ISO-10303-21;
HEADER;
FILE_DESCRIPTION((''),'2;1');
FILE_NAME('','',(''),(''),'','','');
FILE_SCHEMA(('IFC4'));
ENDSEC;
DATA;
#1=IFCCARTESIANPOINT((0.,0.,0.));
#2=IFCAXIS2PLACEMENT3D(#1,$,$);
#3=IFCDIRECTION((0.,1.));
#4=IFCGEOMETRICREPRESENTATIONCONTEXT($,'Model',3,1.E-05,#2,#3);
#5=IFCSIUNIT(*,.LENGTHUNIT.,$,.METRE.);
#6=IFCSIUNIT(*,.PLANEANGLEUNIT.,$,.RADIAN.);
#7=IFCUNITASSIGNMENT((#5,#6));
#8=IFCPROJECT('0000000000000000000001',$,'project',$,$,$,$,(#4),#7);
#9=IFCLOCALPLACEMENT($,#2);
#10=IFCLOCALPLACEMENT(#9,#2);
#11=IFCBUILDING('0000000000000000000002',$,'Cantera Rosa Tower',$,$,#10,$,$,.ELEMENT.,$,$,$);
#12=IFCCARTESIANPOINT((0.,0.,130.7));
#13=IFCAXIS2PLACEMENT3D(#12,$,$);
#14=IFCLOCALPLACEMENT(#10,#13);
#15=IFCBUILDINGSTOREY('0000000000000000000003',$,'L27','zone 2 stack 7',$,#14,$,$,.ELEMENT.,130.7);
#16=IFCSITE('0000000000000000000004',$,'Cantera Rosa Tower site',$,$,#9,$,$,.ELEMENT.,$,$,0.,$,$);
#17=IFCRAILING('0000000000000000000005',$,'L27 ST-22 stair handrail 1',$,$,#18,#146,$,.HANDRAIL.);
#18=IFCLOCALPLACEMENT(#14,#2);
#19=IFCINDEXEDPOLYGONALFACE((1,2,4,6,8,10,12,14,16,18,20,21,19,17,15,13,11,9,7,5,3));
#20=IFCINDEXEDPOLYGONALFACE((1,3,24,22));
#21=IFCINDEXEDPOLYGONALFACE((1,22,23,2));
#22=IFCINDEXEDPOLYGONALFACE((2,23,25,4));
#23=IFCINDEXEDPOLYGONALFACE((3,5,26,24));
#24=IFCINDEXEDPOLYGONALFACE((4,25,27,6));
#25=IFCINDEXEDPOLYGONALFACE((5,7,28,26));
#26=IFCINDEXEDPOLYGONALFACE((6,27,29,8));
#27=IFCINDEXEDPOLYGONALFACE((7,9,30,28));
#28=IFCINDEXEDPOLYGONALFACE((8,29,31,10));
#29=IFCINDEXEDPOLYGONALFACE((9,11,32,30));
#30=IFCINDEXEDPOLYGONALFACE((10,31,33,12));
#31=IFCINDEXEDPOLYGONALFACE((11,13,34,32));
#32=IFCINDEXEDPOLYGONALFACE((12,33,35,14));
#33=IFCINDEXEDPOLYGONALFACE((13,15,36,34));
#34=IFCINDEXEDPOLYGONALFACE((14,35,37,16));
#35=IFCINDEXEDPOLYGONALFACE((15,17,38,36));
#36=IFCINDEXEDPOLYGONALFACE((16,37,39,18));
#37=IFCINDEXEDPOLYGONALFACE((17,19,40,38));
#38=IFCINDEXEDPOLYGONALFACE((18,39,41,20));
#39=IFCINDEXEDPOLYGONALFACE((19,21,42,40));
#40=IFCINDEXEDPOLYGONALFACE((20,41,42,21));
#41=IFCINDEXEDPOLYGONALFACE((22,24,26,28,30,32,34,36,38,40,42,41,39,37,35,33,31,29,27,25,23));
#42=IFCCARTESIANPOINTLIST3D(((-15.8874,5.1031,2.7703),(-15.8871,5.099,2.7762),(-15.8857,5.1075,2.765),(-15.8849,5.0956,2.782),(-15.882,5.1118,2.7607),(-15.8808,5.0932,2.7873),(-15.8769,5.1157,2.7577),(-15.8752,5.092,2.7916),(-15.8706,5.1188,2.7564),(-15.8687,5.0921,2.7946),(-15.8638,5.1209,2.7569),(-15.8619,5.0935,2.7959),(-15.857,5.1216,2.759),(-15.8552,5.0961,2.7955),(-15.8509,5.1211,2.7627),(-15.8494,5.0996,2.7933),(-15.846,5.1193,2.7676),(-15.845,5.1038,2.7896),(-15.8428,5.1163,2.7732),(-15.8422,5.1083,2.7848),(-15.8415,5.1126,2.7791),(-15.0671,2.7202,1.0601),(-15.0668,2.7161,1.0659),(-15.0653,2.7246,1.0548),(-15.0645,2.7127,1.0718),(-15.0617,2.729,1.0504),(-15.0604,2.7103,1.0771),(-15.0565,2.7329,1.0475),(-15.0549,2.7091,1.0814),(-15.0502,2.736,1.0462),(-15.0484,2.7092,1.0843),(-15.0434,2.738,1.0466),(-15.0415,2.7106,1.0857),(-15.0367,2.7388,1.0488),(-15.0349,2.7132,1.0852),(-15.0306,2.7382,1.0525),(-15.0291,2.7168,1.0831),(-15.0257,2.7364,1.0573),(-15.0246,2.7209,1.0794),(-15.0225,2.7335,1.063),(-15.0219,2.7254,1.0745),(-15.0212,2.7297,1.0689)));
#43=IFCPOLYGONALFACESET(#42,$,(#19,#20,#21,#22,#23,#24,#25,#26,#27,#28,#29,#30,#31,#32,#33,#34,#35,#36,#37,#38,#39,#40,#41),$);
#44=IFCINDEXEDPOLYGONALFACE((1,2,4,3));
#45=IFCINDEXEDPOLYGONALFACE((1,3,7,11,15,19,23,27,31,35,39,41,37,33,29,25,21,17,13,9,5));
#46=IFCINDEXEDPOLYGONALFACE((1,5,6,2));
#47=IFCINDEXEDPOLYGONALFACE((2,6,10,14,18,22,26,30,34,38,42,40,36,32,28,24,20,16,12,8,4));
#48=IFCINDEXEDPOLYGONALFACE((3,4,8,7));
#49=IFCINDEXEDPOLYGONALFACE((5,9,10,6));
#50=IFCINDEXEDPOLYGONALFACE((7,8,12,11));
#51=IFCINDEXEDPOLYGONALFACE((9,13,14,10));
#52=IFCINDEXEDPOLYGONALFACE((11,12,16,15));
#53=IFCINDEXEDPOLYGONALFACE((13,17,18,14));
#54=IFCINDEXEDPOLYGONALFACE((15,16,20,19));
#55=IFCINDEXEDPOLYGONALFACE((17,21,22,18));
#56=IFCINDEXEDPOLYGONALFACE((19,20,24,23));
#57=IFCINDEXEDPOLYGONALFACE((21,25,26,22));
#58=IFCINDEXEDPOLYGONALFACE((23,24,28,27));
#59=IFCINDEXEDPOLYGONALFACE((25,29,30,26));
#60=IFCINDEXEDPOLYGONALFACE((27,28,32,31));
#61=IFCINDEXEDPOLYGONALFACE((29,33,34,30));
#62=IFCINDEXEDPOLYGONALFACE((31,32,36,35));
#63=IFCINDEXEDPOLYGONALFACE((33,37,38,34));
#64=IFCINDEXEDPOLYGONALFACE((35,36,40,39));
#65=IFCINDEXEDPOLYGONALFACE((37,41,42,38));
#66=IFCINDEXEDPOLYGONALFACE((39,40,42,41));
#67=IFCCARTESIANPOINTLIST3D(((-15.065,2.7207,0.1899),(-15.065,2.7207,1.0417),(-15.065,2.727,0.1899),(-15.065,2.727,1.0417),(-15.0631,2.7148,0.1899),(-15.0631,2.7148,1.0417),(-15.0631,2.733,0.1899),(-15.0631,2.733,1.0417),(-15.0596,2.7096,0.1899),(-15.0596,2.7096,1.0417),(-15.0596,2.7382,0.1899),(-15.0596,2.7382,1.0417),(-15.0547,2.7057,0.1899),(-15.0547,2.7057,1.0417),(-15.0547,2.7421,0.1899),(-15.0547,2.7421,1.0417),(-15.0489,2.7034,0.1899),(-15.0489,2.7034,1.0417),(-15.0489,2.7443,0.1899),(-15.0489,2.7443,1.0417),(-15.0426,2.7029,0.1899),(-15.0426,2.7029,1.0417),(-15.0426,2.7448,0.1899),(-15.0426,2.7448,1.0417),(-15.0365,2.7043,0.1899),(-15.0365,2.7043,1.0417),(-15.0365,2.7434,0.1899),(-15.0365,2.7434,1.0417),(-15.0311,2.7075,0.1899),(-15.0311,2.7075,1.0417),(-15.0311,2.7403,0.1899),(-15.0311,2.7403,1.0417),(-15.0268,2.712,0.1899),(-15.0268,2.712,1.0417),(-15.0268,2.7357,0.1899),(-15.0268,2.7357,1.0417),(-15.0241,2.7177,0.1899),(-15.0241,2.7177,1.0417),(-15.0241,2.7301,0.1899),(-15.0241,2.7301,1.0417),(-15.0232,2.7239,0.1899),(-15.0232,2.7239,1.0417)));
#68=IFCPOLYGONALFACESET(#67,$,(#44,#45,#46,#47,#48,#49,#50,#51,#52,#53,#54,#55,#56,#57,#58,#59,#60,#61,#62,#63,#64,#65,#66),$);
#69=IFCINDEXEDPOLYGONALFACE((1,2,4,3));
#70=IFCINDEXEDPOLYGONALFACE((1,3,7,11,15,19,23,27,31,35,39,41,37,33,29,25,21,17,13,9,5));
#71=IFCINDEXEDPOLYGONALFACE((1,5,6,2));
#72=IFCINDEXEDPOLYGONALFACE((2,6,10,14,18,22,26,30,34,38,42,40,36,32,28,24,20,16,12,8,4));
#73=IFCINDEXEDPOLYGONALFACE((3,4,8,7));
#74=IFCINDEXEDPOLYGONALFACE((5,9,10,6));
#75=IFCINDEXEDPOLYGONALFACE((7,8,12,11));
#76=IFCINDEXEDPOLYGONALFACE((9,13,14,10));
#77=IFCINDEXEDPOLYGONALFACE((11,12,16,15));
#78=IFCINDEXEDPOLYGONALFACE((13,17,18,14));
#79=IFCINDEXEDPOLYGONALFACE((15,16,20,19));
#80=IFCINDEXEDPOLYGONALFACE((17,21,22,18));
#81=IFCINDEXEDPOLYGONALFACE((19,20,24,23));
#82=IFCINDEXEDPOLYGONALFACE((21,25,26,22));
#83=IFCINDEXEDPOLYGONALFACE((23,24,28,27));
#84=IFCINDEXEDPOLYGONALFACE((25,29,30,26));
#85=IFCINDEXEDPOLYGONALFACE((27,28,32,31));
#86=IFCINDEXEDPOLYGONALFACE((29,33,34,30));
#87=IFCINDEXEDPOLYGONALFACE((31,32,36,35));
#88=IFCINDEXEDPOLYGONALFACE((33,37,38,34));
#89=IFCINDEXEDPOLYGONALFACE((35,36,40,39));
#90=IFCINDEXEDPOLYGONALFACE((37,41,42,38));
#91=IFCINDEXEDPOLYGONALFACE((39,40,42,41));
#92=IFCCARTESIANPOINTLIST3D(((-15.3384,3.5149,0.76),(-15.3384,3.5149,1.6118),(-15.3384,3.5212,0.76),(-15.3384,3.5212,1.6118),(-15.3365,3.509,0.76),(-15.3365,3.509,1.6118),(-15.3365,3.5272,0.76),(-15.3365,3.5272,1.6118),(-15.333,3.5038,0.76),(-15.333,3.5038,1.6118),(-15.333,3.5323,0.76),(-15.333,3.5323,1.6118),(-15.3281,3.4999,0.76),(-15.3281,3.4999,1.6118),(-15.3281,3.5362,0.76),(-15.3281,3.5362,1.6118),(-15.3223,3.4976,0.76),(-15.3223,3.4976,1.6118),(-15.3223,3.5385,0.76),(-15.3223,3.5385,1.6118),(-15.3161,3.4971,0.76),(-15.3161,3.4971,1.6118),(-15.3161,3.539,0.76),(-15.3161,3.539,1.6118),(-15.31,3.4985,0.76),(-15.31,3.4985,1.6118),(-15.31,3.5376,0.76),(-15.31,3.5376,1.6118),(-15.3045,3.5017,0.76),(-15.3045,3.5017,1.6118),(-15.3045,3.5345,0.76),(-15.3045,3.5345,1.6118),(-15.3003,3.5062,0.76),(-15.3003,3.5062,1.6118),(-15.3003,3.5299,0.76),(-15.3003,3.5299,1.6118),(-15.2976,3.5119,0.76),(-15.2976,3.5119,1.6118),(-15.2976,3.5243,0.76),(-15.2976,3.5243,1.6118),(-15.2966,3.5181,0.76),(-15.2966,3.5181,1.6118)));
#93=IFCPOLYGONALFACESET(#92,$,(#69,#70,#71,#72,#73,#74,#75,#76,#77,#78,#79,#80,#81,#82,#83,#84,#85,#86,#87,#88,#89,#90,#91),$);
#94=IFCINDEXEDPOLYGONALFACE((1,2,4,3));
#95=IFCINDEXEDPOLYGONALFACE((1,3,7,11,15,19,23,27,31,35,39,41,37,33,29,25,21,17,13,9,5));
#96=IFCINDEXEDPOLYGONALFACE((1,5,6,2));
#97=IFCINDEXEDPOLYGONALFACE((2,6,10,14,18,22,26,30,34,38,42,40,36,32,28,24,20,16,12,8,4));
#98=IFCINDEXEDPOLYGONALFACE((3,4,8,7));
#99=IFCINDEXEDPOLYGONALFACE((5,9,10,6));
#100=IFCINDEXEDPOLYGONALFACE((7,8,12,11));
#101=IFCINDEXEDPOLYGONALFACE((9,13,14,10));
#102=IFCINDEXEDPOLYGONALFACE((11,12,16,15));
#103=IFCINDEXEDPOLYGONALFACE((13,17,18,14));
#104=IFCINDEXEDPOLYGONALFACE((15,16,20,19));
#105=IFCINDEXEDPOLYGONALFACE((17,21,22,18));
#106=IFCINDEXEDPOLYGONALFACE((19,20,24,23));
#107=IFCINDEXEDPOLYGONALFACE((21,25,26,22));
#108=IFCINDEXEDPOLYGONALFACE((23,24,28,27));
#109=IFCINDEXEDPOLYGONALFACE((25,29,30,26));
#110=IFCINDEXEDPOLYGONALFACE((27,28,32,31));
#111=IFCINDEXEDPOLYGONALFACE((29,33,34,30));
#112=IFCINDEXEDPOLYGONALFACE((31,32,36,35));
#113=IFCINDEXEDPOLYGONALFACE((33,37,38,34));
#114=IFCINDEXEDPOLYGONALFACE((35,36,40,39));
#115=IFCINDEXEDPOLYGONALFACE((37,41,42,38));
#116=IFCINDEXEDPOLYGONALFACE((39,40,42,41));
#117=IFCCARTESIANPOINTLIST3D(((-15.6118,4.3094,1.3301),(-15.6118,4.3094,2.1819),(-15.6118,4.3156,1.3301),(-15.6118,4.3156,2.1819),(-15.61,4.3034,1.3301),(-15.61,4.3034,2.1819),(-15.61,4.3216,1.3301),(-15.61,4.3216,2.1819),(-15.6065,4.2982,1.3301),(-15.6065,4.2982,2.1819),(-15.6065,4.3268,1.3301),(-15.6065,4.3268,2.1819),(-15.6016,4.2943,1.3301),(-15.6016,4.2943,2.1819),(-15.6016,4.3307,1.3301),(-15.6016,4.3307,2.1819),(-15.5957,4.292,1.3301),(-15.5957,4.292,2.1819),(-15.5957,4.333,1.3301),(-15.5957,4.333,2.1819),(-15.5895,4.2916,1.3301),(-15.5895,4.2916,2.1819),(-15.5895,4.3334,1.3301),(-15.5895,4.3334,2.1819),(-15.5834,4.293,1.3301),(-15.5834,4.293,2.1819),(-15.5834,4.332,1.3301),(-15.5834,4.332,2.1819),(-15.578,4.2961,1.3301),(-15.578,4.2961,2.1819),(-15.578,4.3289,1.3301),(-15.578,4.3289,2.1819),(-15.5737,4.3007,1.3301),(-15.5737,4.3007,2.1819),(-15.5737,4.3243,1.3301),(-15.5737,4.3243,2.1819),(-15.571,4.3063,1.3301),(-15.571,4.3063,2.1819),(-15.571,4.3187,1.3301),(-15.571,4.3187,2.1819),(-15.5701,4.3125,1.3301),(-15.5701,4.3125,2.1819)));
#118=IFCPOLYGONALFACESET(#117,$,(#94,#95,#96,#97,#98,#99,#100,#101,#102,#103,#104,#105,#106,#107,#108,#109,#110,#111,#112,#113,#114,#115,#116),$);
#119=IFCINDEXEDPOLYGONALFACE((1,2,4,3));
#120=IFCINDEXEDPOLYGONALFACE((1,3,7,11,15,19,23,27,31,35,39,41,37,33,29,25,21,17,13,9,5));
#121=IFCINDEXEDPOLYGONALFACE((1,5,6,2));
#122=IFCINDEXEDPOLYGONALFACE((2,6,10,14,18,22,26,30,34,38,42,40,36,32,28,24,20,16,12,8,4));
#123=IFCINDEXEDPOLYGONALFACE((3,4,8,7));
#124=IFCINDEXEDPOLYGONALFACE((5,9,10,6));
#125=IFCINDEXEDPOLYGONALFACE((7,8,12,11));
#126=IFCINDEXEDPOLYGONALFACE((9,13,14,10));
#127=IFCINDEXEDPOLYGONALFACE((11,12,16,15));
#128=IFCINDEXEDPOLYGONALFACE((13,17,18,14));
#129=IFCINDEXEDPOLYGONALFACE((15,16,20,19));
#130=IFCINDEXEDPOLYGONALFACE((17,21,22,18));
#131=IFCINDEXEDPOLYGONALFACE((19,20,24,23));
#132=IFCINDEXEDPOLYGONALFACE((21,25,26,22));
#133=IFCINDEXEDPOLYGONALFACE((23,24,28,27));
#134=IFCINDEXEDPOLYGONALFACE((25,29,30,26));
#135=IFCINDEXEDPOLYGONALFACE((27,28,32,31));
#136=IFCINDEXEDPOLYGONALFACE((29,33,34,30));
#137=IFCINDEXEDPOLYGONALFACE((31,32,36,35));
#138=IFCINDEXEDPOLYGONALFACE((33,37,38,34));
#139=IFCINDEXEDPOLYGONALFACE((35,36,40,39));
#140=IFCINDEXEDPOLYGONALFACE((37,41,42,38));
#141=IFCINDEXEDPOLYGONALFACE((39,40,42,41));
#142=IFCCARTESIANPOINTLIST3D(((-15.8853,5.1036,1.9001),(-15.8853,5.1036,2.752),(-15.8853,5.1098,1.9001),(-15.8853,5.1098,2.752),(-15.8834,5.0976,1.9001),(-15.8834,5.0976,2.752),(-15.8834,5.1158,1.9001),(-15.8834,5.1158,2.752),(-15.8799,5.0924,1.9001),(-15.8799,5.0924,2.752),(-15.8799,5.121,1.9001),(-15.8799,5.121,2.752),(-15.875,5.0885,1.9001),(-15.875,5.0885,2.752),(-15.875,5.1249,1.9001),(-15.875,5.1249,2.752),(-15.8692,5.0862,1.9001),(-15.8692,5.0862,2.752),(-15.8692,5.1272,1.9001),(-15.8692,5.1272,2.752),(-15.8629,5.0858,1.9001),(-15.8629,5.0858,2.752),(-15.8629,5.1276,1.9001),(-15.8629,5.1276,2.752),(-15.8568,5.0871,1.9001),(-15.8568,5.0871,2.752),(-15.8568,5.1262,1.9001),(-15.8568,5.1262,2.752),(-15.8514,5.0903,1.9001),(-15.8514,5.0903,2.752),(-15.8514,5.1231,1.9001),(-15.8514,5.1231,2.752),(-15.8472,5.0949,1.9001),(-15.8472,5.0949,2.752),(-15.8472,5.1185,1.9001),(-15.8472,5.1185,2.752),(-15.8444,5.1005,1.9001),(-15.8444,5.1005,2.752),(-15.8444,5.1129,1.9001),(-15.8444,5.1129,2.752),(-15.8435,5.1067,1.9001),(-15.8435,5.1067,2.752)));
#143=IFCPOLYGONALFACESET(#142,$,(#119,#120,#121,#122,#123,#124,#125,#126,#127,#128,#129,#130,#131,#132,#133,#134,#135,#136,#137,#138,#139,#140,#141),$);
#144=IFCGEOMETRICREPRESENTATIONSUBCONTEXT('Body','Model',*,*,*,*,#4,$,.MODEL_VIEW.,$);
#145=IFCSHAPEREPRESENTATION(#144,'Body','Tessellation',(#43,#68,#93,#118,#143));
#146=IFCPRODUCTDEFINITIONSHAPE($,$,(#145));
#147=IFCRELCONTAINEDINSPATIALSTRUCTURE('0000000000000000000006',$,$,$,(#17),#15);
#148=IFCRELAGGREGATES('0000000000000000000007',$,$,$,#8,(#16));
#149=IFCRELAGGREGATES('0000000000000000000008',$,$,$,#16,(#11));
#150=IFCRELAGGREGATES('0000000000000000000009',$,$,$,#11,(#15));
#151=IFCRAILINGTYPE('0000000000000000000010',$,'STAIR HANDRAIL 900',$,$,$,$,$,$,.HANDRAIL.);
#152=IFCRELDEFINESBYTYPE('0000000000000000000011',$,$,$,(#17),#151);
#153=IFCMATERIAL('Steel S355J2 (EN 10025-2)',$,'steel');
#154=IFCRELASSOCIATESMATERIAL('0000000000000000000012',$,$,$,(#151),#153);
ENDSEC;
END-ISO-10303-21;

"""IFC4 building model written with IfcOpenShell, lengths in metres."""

from ifc_helpers import new_model, si_unit, direction, frame, origin, origin_2d, place, context, subcontext, project, spatial, circle, extrude, material, type_object, element, save


model = new_model("IFC4")

# Units and contexts
model_context = context("Model", 3, precision=1e-05, world=origin(), true_north=direction((0.0, 1.0)))
body_context = subcontext(model_context, "Body", "Model", "MODEL_VIEW")
ifc_project = project(units=[si_unit("LENGTHUNIT", "METRE"), si_unit("PLANEANGLEUNIT", "RADIAN")], contexts=[model_context])

# Site, building, storey
site_placement = place(None, origin())
site = spatial("IfcSite", under=ifc_project, at=site_placement, Name="Cantera Rosa Tower site", CompositionType="ELEMENT", RefElevation=0.0)
building_placement = place(site_placement, origin())
building = spatial("IfcBuilding", under=site, at=building_placement, Name="Cantera Rosa Tower", CompositionType="ELEMENT")
storey_placement = place(building_placement, frame((0.0, 0.0, 130.7)))
storey = spatial("IfcBuildingStorey", under=building, at=storey_placement, Name="L27", Description="zone 2 stack 7", CompositionType="ELEMENT", Elevation=130.7)

# Railing
ifc_material_1 = material(Name="Steel S355J2 (EN 10025-2)", Category="steel")
railing_type_1 = type_object("IfcRailingType", Name="STAIR HANDRAIL 900", PredefinedType="HANDRAIL", material=ifc_material_1)
railing_1_placement = place(storey_placement, frame((-15.0442, 2.7239, 0.1899)))
element("IfcRailing", 1, at=railing_1_placement, inside=storey, type_object=railing_type_1, Name="L27 ST-22 stair handrail 1", PredefinedType="HANDRAIL", context=body_context, shape_type="SweptSolid", body=[
    extrude(circle(Radius=0.0239, at=origin_2d()), frame((0.0, 0.0, 0.876), z_axis=(-0.269346, 0.782386, 0.561538), x_axis=(-0.945538, -0.325513, 0.0)), (0.0, 0.0, 1.0), 3.0457),
    extrude(circle(Radius=0.021, at=origin_2d()), origin(), (0.0, 0.0, 1.0), 0.8518),
    extrude(circle(Radius=0.021, at=origin_2d()), frame((-0.2734, 0.7942, 0.5701)), (0.0, 0.0, 1.0), 0.8518),
    extrude(circle(Radius=0.021, at=origin_2d()), frame((-0.5469, 1.5886, 1.1401)), (0.0, 0.0, 1.0), 0.8518),
    extrude(circle(Radius=0.021, at=origin_2d()), frame((-0.8203, 2.3828, 1.7102)), (0.0, 0.0, 1.0), 0.8518),
])

save(model, "model.ifc")
